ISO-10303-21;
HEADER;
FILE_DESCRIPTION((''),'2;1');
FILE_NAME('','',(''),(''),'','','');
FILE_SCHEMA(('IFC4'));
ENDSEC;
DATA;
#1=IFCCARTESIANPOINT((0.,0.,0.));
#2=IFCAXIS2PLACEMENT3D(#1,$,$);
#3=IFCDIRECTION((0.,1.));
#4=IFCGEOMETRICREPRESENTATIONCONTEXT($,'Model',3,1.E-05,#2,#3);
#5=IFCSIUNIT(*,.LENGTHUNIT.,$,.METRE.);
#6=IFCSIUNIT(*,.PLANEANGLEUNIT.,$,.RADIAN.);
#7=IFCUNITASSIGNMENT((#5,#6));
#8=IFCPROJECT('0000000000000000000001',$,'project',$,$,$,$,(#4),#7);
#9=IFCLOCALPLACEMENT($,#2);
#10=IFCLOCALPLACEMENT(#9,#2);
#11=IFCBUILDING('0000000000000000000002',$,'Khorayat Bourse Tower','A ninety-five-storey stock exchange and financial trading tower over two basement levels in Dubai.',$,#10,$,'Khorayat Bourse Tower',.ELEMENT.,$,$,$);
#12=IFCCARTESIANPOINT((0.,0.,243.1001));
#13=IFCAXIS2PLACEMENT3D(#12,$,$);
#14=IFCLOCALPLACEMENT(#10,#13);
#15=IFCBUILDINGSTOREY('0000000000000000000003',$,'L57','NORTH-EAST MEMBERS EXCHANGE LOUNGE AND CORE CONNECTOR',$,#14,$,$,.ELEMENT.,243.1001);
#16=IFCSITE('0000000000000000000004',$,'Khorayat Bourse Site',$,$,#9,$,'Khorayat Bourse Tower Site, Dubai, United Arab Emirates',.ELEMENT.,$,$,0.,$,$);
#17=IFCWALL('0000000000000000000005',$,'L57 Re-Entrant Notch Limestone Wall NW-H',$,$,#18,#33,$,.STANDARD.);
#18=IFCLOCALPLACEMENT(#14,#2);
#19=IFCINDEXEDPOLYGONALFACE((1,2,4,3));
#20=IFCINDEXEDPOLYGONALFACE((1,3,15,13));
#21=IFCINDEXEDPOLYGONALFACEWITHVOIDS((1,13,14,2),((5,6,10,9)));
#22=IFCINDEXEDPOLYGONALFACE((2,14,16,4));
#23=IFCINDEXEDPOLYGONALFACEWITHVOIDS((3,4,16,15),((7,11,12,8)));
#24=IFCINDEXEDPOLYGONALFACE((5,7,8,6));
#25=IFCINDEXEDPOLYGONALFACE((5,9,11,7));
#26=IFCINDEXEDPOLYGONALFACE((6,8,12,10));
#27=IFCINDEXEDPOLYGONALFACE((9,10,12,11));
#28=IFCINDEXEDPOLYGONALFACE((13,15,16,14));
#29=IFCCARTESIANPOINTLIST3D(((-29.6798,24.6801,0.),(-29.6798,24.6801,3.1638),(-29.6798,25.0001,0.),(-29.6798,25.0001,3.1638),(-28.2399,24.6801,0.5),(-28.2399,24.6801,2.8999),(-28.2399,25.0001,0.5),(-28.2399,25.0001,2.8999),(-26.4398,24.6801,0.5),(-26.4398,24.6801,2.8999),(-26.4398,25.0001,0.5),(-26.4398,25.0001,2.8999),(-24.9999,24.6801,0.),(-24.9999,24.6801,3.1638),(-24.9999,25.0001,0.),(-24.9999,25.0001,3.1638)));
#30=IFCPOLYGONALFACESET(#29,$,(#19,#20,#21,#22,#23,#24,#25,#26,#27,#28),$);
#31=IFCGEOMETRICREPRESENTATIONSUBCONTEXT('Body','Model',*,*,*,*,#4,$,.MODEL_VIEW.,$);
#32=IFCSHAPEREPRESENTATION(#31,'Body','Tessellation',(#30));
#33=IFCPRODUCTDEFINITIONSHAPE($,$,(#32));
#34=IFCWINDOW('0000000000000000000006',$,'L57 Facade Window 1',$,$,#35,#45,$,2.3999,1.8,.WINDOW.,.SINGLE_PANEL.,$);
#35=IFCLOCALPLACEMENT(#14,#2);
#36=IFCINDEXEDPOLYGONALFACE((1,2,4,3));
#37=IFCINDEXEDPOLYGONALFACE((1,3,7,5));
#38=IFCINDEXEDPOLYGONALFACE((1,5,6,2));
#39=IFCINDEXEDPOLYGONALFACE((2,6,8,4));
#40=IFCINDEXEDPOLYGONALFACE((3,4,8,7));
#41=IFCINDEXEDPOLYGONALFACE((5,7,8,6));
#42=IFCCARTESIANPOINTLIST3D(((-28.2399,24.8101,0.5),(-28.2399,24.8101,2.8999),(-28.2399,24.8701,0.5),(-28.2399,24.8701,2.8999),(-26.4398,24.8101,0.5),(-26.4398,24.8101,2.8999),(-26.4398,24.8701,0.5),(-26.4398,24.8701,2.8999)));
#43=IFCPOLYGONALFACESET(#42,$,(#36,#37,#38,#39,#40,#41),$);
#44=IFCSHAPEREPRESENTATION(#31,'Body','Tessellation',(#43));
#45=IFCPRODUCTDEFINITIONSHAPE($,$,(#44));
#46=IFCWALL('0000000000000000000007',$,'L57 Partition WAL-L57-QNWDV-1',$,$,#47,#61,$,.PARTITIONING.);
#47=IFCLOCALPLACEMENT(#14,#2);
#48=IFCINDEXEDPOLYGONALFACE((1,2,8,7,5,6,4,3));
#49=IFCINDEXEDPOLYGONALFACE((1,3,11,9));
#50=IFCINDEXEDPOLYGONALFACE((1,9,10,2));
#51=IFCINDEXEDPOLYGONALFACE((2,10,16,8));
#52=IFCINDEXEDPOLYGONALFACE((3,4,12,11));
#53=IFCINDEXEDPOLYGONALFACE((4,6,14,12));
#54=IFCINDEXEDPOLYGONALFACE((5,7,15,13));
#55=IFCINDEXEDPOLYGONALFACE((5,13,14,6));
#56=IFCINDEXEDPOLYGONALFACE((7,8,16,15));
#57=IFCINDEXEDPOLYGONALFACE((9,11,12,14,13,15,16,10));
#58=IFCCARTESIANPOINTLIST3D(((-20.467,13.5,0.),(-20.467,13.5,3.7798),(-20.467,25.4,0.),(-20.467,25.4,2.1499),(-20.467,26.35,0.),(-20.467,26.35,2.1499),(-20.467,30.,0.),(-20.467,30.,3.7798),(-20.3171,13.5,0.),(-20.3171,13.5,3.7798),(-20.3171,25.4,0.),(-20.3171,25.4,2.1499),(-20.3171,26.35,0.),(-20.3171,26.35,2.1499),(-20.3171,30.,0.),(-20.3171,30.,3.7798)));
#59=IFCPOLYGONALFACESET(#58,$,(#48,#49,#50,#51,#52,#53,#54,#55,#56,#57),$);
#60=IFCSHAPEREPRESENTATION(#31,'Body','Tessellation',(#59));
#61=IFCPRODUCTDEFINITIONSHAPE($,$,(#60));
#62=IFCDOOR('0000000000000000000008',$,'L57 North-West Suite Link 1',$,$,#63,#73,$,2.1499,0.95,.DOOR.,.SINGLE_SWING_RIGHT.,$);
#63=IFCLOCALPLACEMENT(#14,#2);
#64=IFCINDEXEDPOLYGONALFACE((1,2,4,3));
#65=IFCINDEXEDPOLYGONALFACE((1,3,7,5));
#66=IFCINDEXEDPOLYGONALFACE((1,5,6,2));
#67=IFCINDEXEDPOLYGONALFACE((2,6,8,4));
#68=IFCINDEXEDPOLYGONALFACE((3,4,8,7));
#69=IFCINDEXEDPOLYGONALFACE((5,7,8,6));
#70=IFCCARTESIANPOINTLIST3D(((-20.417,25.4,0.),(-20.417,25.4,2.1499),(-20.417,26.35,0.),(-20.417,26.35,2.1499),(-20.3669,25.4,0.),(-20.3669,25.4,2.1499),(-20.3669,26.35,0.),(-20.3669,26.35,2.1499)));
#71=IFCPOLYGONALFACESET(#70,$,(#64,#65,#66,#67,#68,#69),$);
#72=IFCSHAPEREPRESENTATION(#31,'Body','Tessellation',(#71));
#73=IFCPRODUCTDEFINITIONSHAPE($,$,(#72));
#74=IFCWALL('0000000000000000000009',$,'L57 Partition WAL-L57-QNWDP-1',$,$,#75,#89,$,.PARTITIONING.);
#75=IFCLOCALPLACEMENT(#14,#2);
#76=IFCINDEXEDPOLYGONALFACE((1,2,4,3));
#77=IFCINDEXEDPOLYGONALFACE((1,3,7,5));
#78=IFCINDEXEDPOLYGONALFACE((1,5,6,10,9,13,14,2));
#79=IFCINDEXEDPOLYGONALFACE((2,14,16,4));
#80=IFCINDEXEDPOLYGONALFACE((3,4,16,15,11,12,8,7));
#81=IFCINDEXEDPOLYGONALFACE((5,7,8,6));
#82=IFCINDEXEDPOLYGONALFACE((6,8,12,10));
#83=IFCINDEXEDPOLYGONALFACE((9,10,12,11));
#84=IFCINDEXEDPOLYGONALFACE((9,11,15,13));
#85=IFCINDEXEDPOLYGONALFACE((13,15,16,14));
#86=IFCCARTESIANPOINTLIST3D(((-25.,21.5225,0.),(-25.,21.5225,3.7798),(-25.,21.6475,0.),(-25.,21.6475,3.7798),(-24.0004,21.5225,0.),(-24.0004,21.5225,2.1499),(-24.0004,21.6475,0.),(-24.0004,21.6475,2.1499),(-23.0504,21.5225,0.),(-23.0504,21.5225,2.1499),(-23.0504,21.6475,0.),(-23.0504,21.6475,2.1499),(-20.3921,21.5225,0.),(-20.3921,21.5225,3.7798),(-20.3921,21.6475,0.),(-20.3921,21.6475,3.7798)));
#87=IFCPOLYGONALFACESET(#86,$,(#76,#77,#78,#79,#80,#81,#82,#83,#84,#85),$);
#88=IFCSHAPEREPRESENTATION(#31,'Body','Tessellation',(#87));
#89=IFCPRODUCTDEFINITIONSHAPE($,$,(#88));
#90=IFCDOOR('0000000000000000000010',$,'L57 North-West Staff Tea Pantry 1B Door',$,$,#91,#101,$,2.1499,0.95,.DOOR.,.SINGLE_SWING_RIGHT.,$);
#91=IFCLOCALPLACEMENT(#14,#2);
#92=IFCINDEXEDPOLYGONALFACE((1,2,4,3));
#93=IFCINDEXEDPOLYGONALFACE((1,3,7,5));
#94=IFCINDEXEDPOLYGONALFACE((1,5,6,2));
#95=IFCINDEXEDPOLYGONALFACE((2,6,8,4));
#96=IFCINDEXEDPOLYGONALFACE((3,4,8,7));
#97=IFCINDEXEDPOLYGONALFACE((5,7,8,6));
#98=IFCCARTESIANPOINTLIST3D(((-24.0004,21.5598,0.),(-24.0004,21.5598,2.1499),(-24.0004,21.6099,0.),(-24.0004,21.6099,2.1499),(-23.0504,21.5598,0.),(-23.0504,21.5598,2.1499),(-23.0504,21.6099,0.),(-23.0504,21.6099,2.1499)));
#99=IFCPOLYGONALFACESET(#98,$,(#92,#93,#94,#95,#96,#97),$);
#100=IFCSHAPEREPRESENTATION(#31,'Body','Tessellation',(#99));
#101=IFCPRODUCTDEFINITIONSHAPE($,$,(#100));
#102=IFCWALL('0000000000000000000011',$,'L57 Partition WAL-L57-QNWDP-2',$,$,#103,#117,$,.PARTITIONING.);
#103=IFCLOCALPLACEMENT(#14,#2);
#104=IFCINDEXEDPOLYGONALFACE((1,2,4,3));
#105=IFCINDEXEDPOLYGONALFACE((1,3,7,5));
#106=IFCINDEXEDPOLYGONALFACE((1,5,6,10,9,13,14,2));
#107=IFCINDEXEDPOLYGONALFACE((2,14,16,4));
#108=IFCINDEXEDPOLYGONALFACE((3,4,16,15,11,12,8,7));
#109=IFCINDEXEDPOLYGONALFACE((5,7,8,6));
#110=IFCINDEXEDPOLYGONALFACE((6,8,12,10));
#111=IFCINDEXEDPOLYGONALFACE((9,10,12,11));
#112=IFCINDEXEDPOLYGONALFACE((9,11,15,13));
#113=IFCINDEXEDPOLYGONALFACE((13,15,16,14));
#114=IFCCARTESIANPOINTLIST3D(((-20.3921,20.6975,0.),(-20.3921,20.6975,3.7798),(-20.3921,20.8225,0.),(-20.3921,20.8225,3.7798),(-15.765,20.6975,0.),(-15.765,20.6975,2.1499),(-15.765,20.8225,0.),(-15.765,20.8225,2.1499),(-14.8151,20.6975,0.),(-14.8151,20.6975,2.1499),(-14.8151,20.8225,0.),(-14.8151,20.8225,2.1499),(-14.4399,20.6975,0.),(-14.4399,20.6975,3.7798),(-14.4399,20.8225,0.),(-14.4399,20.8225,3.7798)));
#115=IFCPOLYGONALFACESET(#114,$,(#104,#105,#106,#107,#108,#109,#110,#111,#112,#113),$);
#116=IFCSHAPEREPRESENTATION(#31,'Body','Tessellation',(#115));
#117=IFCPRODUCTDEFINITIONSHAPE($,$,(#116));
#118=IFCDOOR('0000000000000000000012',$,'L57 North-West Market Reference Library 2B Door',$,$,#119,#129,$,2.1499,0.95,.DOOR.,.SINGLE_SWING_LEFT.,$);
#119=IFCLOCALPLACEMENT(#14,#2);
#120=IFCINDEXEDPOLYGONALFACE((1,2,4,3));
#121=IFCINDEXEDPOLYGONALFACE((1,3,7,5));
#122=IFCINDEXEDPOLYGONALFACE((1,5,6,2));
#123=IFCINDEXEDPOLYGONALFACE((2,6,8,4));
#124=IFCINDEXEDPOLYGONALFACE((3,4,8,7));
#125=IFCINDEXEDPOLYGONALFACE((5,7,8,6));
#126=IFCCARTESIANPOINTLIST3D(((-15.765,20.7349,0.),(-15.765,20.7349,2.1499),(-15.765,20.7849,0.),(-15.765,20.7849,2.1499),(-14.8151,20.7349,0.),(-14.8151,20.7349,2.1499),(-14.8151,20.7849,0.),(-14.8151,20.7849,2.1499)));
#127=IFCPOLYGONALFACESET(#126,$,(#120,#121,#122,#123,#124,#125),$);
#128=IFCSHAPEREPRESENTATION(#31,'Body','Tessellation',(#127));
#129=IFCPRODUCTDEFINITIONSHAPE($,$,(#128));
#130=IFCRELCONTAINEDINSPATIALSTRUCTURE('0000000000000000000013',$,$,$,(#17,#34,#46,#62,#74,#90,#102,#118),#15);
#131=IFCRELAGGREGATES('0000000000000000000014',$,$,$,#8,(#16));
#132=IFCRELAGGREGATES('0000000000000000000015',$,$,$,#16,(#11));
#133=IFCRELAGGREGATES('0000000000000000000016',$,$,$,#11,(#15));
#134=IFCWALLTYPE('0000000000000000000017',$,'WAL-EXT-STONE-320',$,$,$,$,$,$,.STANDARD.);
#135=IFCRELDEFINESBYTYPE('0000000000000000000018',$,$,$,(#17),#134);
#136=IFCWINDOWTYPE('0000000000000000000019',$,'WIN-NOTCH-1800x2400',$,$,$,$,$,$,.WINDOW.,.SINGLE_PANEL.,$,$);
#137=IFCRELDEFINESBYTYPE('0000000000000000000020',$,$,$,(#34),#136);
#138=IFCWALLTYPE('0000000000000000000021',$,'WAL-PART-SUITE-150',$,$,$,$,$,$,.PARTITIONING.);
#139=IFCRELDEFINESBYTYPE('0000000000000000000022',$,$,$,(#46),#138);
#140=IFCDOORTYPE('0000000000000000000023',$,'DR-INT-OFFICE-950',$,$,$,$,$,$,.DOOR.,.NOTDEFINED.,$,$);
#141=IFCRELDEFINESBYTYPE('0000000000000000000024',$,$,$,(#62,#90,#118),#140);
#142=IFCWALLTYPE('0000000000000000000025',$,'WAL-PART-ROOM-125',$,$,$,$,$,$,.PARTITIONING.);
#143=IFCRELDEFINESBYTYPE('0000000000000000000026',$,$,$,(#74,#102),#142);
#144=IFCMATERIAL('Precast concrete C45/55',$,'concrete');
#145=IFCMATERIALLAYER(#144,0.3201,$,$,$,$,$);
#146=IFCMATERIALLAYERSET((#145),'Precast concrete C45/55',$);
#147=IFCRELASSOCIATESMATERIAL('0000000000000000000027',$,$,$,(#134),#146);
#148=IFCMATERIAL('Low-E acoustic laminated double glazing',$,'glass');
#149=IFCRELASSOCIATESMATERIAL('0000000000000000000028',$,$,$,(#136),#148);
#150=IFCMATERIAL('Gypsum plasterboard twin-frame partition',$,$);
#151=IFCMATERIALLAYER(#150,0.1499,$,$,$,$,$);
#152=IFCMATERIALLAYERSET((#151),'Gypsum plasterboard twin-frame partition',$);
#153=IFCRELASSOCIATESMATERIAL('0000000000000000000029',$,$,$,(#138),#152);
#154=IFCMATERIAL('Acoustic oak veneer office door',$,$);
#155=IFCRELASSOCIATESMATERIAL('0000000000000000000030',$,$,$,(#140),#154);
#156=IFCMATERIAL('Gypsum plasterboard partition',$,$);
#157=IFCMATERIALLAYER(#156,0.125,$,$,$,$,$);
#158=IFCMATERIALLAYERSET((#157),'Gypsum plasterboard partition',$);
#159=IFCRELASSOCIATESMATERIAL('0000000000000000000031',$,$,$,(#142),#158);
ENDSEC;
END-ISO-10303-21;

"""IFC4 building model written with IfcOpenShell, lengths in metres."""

from ifc_helpers import new_model, si_unit, direction, frame, frame_2d, origin, place, context, subcontext, project, spatial, rectangle, extrude, source, transform, mapped, material, layer, layer_set, type_object, element, fill, save


model = new_model("IFC4")

# Units and contexts
model_context = context("Model", 3, precision=1e-05, world=origin(), true_north=direction((0.0, 1.0)))
body_context = subcontext(model_context, "Body", "Model", "MODEL_VIEW")
ifc_project = project(units=[si_unit("LENGTHUNIT", "METRE"), si_unit("PLANEANGLEUNIT", "RADIAN")], contexts=[model_context])

# Site, building, storey
site_placement = place(None, origin())
site = spatial("IfcSite", under=ifc_project, at=site_placement, Name="Khorayat Bourse Site", LongName="Khorayat Bourse Tower Site, Dubai, United Arab Emirates", CompositionType="ELEMENT", RefElevation=0.0)
building_placement = place(site_placement, origin())
building = spatial("IfcBuilding", under=site, at=building_placement, Name="Khorayat Bourse Tower", Description="A ninety-five-storey stock exchange and financial trading tower over two basement levels in Dubai.", LongName="Khorayat Bourse Tower", CompositionType="ELEMENT")
storey_placement = place(building_placement, frame((0.0, 0.0, 243.1001)))
storey = spatial("IfcBuildingStorey", under=building, at=storey_placement, Name="L57", Description="NORTH-EAST MEMBERS EXCHANGE LOUNGE AND CORE CONNECTOR", CompositionType="ELEMENT", Elevation=243.1001)

# Wall, opening, window
ifc_material_1 = material(Name="Precast concrete C45/55", Category="concrete")
ifc_layer_1 = layer(ifc_material_1, 0.3201)
ifc_layer_set_1 = layer_set([ifc_layer_1], Name="Precast concrete C45/55")
wall_type_1 = type_object("IfcWallType", Name="WAL-EXT-STONE-320", PredefinedType="STANDARD", material=ifc_layer_set_1)
shared_shape_1 = source(origin(), body_context, "Body", "SweptSolid", [
    extrude(rectangle(XDim=4.6799, YDim=0.3201, at=frame_2d((2.3398, 0.0))), origin(), (0.0, 0.0, 1.0), 3.1638),
])
shared_shape_2 = source(origin(), body_context, "Body", "SweptSolid", [
    extrude(rectangle(XDim=1.8, YDim=2.3999, at=frame_2d((0.8999, 1.2))), frame((0.0, 0.1699, 0.0), z_axis=(0.0, -1.0, 0.0), x_axis=(1.0, 0.0, 0.0)), (0.0, 0.0, 1.0), 0.3401),
])
ifc_material_2 = material(Name="Low-E acoustic laminated double glazing", Category="glass")
window_type = type_object("IfcWindowType", Name="WIN-NOTCH-1800x2400", PartitioningType="SINGLE_PANEL", PredefinedType="WINDOW", material=ifc_material_2)
shared_shape_3 = source(origin(), body_context, "Body", "SweptSolid", [
    extrude(rectangle(XDim=1.8, YDim=2.3999, at=frame_2d((0.8999, 1.2))), frame((0.0, 0.03, 0.0), z_axis=(0.0, -1.0, 0.0), x_axis=(1.0, 0.0, 0.0)), (0.0, 0.0, 1.0), 0.0601),
])
wall_1_placement = place(storey_placement, frame((-25.0, 24.8401, 0.0), z_axis=(0.0, 0.0, 1.0), x_axis=(-1.0, 0.0, 0.0)))
wall_1 = element("IfcWall", 1, at=wall_1_placement, inside=storey, type_object=wall_type_1, Name="L57 Re-Entrant Notch Limestone Wall NW-H", PredefinedType="STANDARD", context=body_context, shape_type="MappedRepresentation", body=[
    mapped(shared_shape_1, transform((0.0, 0.0, 0.0), scale=1.0)),
])
opening_1_placement = place(wall_1_placement, frame((1.4399, 0.0, 0.5)))
opening_1 = element("IfcOpeningElement", 2, at=opening_1_placement, cuts=wall_1, PredefinedType="OPENING", context=body_context, shape_type="MappedRepresentation", body=[
    mapped(shared_shape_2, transform((0.0, 0.0, 0.0), scale=1.0)),
])
window_1_placement = place(opening_1_placement, origin())
window_1 = element("IfcWindow", 3, at=window_1_placement, inside=storey, type_object=window_type, Name="L57 Facade Window 1", OverallHeight=2.3999, OverallWidth=1.8, PartitioningType="SINGLE_PANEL", PredefinedType="WINDOW", context=body_context, shape_type="MappedRepresentation", body=[
    mapped(shared_shape_3, transform((0.0, 0.0, 0.0), scale=1.0)),
])
fill(opening_1, window_1)

# Walls, openings, doors
ifc_material_3 = material(Name="Gypsum plasterboard twin-frame partition")
ifc_layer_2 = layer(ifc_material_3, 0.1499)
ifc_layer_set_2 = layer_set([ifc_layer_2], Name="Gypsum plasterboard twin-frame partition")
wall_type_2 = type_object("IfcWallType", Name="WAL-PART-SUITE-150", PredefinedType="PARTITIONING", material=ifc_layer_set_2)
shared_shape_4 = source(origin(), body_context, "Body", "SweptSolid", [
    extrude(rectangle(XDim=16.5, YDim=0.1499, at=frame_2d((8.25, 0.0))), origin(), (0.0, 0.0, 1.0), 3.7798),
])
wall_2_placement = place(storey_placement, frame((-20.3921, 13.5, 0.0), z_axis=(0.0, 0.0, 1.0), x_axis=(0.0, 1.0, 0.0)))
wall_2 = element("IfcWall", 4, at=wall_2_placement, inside=storey, type_object=wall_type_2, Name="L57 Partition WAL-L57-QNWDV-1", PredefinedType="PARTITIONING", context=body_context, shape_type="MappedRepresentation", body=[
    mapped(shared_shape_4, transform((0.0, 0.0, 0.0), scale=1.0)),
])
shared_shape_5 = source(origin(), body_context, "Body", "SweptSolid", [
    extrude(rectangle(XDim=0.95, YDim=2.1499, at=frame_2d((0.4751, 1.075))), frame((0.0, 0.085, 0.0), z_axis=(0.0, -1.0, 0.0), x_axis=(1.0, 0.0, 0.0)), (0.0, 0.0, 1.0), 0.1699),
])
opening_2_placement = place(wall_2_placement, frame((11.8999, 0.0, 0.0)))
opening_2 = element("IfcOpeningElement", 5, at=opening_2_placement, cuts=wall_2, PredefinedType="OPENING", context=body_context, shape_type="MappedRepresentation", body=[
    mapped(shared_shape_5, transform((0.0, 0.0, 0.0), scale=1.0)),
])
ifc_material_4 = material(Name="Acoustic oak veneer office door")
door_type = type_object("IfcDoorType", Name="DR-INT-OFFICE-950", OperationType="NOTDEFINED", PredefinedType="DOOR", material=ifc_material_4)
shared_shape_6 = source(origin(), body_context, "Body", "SweptSolid", [
    extrude(rectangle(XDim=0.95, YDim=2.1499, at=frame_2d((0.4751, 1.075))), frame((0.0, 0.0249, 0.0), z_axis=(0.0, -1.0, 0.0), x_axis=(1.0, 0.0, 0.0)), (0.0, 0.0, 1.0), 0.05),
])
door_1_placement = place(opening_2_placement, origin())
door_1 = element("IfcDoor", 6, at=door_1_placement, inside=storey, type_object=door_type, Name="L57 North-West Suite Link 1", OperationType="SINGLE_SWING_RIGHT", OverallHeight=2.1499, OverallWidth=0.95, PredefinedType="DOOR", context=body_context, shape_type="MappedRepresentation", body=[
    mapped(shared_shape_6, transform((0.0, 0.0, 0.0), scale=1.0)),
])
fill(opening_2, door_1)
ifc_material_5 = material(Name="Gypsum plasterboard partition")
ifc_layer_3 = layer(ifc_material_5, 0.125)
ifc_layer_set_3 = layer_set([ifc_layer_3], Name="Gypsum plasterboard partition")
wall_type_3 = type_object("IfcWallType", Name="WAL-PART-ROOM-125", PredefinedType="PARTITIONING", material=ifc_layer_set_3)
shared_shape_7 = source(origin(), body_context, "Body", "SweptSolid", [
    extrude(rectangle(XDim=4.6079, YDim=0.125, at=frame_2d((2.304, 0.0))), origin(), (0.0, 0.0, 1.0), 3.7798),
])
wall_3_placement = place(storey_placement, frame((-25.0, 21.585, 0.0), z_axis=(0.0, 0.0, 1.0), x_axis=(1.0, 0.0, 0.0)))
wall_3 = element("IfcWall", 7, at=wall_3_placement, inside=storey, type_object=wall_type_3, Name="L57 Partition WAL-L57-QNWDP-1", PredefinedType="PARTITIONING", context=body_context, shape_type="MappedRepresentation", body=[
    mapped(shared_shape_7, transform((0.0, 0.0, 0.0), scale=1.0)),
])
shared_shape_8 = source(origin(), body_context, "Body", "SweptSolid", [
    extrude(rectangle(XDim=0.95, YDim=2.1499, at=frame_2d((0.4751, 1.075))), frame((0.0, 0.0725, 0.0), z_axis=(0.0, -1.0, 0.0), x_axis=(1.0, 0.0, 0.0)), (0.0, 0.0, 1.0), 0.145),
])
opening_3_placement = place(wall_3_placement, frame((0.9995, 0.0, 0.0)))
opening_3 = element("IfcOpeningElement", 8, at=opening_3_placement, cuts=wall_3, PredefinedType="OPENING", context=body_context, shape_type="MappedRepresentation", body=[
    mapped(shared_shape_8, transform((0.0, 0.0, 0.0), scale=1.0)),
])
door_2_placement = place(opening_3_placement, origin())
door_2 = element("IfcDoor", 9, at=door_2_placement, inside=storey, type_object=door_type, Name="L57 North-West Staff Tea Pantry 1B Door", OperationType="SINGLE_SWING_RIGHT", OverallHeight=2.1499, OverallWidth=0.95, PredefinedType="DOOR", context=body_context, shape_type="MappedRepresentation", body=[
    mapped(shared_shape_6, transform((0.0, 0.0, 0.0), scale=1.0)),
])
fill(opening_3, door_2)
shared_shape_9 = source(origin(), body_context, "Body", "SweptSolid", [
    extrude(rectangle(XDim=5.9521, YDim=0.125, at=frame_2d((2.9761, 0.0))), origin(), (0.0, 0.0, 1.0), 3.7798),
])
wall_4_placement = place(storey_placement, frame((-20.3921, 20.76, 0.0), z_axis=(0.0, 0.0, 1.0), x_axis=(1.0, 0.0, 0.0)))
wall_4 = element("IfcWall", 10, at=wall_4_placement, inside=storey, type_object=wall_type_3, Name="L57 Partition WAL-L57-QNWDP-2", PredefinedType="PARTITIONING", context=body_context, shape_type="MappedRepresentation", body=[
    mapped(shared_shape_9, transform((0.0, 0.0, 0.0), scale=1.0)),
])
opening_4_placement = place(wall_4_placement, frame((4.627, 0.0, 0.0)))
opening_4 = element("IfcOpeningElement", 11, at=opening_4_placement, cuts=wall_4, PredefinedType="OPENING", context=body_context, shape_type="MappedRepresentation", body=[
    mapped(shared_shape_8, transform((0.0, 0.0, 0.0), scale=1.0)),
])
door_3_placement = place(opening_4_placement, origin())
door_3 = element("IfcDoor", 12, at=door_3_placement, inside=storey, type_object=door_type, Name="L57 North-West Market Reference Library 2B Door", OperationType="SINGLE_SWING_LEFT", OverallHeight=2.1499, OverallWidth=0.95, PredefinedType="DOOR", context=body_context, shape_type="MappedRepresentation", body=[
    mapped(shared_shape_6, transform((0.0, 0.0, 0.0), scale=1.0)),
])
fill(opening_4, door_3)

save(model, "model.ifc")
